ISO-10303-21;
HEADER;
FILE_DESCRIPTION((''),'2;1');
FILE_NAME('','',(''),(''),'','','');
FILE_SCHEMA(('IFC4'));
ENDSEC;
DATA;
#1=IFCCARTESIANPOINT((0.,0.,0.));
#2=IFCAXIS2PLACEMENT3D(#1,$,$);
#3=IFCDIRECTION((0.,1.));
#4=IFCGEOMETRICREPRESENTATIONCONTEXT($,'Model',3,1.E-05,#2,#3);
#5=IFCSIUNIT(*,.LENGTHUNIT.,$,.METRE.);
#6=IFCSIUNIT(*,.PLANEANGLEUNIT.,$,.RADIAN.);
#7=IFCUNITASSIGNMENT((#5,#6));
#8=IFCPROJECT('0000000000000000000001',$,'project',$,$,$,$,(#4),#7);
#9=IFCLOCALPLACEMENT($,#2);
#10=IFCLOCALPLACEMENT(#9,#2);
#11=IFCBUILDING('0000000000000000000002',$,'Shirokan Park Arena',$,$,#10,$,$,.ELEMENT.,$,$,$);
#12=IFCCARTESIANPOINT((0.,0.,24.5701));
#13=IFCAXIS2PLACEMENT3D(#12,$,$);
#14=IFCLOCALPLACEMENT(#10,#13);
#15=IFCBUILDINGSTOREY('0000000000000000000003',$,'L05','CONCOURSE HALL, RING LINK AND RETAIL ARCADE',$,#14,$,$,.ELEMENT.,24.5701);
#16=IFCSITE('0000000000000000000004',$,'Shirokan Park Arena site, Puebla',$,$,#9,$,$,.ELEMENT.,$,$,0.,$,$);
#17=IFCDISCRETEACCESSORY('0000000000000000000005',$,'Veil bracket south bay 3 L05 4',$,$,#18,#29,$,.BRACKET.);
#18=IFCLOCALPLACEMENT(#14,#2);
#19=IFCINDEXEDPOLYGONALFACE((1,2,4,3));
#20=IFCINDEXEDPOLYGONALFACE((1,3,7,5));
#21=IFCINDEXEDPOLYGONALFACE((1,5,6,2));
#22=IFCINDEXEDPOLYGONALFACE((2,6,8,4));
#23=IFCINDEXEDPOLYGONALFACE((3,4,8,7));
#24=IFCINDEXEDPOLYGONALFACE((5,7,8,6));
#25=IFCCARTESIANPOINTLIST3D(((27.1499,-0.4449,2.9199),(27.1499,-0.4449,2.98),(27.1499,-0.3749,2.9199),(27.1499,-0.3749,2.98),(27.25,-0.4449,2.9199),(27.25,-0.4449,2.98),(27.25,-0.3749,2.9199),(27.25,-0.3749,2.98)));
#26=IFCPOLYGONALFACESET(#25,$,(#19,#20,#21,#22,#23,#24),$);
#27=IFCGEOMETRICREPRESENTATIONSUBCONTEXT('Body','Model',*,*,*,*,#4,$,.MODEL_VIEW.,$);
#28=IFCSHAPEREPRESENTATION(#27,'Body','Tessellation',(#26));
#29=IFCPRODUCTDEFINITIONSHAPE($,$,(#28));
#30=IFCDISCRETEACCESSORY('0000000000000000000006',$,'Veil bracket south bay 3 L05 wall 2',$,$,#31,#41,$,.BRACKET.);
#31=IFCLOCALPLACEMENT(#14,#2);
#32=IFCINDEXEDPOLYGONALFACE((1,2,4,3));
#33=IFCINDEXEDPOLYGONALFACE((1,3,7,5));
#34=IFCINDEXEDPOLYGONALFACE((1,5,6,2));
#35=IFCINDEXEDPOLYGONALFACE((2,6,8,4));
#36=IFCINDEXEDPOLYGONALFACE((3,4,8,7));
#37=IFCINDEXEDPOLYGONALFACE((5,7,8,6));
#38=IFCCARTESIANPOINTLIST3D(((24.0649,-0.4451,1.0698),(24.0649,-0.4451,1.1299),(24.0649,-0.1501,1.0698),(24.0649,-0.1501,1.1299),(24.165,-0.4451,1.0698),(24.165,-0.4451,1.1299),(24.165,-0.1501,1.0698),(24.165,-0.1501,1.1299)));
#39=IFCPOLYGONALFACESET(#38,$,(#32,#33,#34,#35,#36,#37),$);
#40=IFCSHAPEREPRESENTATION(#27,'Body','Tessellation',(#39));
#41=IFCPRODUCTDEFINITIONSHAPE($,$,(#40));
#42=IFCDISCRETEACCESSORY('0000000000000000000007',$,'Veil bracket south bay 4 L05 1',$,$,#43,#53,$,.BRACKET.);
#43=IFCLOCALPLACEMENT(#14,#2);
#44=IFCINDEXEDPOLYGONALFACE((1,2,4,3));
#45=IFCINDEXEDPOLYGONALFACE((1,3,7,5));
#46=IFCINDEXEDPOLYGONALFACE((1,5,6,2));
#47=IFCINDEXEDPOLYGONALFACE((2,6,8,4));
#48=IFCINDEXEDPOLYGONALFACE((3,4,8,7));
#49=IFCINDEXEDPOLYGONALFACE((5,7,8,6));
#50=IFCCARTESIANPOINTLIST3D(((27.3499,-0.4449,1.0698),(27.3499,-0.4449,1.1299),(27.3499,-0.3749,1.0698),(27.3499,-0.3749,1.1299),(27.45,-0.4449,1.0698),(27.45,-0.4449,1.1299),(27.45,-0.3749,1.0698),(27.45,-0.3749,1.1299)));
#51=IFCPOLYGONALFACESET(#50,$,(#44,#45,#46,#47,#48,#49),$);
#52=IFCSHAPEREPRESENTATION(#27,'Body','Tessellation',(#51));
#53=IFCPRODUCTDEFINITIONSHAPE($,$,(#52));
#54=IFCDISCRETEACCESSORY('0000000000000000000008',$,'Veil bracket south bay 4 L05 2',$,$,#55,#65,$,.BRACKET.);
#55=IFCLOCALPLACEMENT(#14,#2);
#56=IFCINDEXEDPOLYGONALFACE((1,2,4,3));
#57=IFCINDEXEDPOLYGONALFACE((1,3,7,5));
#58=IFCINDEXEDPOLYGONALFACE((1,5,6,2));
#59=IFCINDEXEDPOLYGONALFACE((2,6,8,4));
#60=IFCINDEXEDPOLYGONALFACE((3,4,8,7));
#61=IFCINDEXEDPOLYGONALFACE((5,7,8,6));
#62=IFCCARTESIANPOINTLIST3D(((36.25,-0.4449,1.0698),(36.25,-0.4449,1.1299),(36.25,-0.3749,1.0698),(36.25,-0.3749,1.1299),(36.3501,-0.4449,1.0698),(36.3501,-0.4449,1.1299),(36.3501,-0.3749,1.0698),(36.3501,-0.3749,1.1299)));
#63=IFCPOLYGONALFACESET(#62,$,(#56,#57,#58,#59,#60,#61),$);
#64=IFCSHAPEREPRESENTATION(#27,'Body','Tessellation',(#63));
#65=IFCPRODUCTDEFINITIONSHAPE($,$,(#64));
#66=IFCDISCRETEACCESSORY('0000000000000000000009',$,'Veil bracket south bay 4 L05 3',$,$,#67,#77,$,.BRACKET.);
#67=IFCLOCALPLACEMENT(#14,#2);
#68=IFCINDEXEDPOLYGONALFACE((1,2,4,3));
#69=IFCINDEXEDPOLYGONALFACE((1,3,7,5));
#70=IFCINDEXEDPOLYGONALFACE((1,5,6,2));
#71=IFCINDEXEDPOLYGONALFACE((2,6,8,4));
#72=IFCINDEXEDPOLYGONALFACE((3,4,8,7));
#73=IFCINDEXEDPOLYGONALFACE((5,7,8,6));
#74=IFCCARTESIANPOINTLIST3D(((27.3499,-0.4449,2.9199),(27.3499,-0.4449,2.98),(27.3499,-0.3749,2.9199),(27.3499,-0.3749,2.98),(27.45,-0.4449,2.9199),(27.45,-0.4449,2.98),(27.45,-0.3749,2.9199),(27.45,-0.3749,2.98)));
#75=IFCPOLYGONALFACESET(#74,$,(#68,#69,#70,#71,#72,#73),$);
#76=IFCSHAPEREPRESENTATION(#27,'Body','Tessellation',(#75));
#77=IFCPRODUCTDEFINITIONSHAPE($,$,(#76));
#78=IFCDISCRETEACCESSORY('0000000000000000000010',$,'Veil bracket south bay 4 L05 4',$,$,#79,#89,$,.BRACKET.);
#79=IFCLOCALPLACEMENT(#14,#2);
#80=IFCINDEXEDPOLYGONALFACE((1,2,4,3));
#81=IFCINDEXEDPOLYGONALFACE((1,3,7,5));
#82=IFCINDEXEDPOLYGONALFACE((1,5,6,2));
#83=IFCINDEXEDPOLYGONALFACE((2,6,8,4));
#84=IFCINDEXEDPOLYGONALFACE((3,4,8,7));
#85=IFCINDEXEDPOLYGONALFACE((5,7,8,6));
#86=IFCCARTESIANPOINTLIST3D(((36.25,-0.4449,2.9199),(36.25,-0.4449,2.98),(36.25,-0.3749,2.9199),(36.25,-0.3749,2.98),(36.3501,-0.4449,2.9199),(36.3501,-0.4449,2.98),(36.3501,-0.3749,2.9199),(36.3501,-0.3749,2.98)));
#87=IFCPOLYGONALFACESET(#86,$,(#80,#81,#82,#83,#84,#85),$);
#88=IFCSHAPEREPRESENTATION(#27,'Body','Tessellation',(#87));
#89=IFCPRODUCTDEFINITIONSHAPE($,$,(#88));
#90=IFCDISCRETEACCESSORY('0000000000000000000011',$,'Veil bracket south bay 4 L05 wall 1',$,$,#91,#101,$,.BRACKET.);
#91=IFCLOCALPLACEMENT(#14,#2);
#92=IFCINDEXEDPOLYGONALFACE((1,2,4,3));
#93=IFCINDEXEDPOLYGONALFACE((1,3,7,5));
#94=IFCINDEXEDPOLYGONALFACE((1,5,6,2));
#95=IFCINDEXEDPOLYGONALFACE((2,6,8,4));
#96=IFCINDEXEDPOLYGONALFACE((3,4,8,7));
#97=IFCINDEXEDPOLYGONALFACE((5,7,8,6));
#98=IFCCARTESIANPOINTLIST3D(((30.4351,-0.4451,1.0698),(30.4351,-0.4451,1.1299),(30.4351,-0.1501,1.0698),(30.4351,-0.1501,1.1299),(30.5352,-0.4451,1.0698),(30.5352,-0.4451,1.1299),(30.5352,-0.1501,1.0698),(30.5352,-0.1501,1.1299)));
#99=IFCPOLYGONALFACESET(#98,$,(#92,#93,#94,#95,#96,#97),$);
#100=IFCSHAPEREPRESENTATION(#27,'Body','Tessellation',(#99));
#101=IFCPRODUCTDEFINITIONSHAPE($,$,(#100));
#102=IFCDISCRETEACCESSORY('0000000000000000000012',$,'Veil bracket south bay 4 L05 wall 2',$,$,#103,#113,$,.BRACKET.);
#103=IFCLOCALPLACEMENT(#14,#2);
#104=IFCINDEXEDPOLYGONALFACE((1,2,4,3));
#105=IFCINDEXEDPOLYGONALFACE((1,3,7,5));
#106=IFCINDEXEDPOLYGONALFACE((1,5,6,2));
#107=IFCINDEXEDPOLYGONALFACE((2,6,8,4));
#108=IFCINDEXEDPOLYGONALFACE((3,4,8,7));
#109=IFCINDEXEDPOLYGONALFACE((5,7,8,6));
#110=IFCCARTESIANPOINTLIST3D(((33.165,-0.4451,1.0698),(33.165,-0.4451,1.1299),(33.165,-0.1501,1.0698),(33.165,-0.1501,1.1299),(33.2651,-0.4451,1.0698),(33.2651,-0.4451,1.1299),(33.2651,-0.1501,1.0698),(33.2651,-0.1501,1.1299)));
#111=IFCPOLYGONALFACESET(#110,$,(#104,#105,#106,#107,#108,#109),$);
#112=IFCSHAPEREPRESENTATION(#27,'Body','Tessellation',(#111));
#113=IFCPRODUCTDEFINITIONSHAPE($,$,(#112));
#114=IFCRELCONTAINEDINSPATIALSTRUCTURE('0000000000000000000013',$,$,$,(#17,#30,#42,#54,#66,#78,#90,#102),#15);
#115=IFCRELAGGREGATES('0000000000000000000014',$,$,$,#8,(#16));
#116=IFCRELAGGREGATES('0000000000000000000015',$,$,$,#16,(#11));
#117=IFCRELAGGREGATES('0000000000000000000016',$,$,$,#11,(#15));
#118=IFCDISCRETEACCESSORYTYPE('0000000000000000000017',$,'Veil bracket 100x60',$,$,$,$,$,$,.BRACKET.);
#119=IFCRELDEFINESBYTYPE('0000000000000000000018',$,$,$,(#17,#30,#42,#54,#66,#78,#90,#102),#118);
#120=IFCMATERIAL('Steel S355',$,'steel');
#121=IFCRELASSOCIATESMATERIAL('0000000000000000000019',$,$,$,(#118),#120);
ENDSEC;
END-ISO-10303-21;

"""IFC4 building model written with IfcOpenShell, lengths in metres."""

from ifc_helpers import new_model, si_unit, direction, frame, origin, origin_2d, place, context, subcontext, project, spatial, rectangle, extrude, material, type_object, element, save


model = new_model("IFC4")

# Units and contexts
model_context = context("Model", 3, precision=1e-05, world=origin(), true_north=direction((0.0, 1.0)))
body_context = subcontext(model_context, "Body", "Model", "MODEL_VIEW")
ifc_project = project(units=[si_unit("LENGTHUNIT", "METRE"), si_unit("PLANEANGLEUNIT", "RADIAN")], contexts=[model_context])

# Site, building, storey
site_placement = place(None, origin())
site = spatial("IfcSite", under=ifc_project, at=site_placement, Name="Shirokan Park Arena site, Puebla", CompositionType="ELEMENT", RefElevation=0.0)
building_placement = place(site_placement, origin())
building = spatial("IfcBuilding", under=site, at=building_placement, Name="Shirokan Park Arena", CompositionType="ELEMENT")
storey_placement = place(building_placement, frame((0.0, 0.0, 24.5701)))
storey = spatial("IfcBuildingStorey", under=building, at=storey_placement, Name="L05", Description="CONCOURSE HALL, RING LINK AND RETAIL ARCADE", CompositionType="ELEMENT", Elevation=24.5701)

# Discrete accessories
ifc_material_1 = material(Name="Steel S355", Category="steel")
discrete_accessory_type = type_object("IfcDiscreteAccessoryType", Name="Veil bracket 100x60", PredefinedType="BRACKET", material=ifc_material_1)
for number, where, z_axis, x_axis, name in (
    (1, (27.2, -0.4099, 2.9199), (0.0, 0.0, 1.0), (1.0, 0.0, 0.0), "Veil bracket south bay 3 L05 4"),
):
    element("IfcDiscreteAccessory", number, at=place(storey_placement, frame(where, z_axis=z_axis, x_axis=x_axis)), inside=storey, type_object=discrete_accessory_type, Name=name, PredefinedType="BRACKET", context=body_context, shape_type="SweptSolid", body=[
        extrude(rectangle(XDim=0.1001, YDim=0.0701, at=origin_2d()), origin(), (0.0, 0.0, 1.0), 0.0601),
    ])
discrete_accessory_placement = place(storey_placement, frame((24.115, -0.2976, 1.0698), z_axis=(0.0, 0.0, 1.0), x_axis=(1.0, 0.0, 0.0)))
element("IfcDiscreteAccessory", 2, at=discrete_accessory_placement, inside=storey, type_object=discrete_accessory_type, Name="Veil bracket south bay 3 L05 wall 2", PredefinedType="BRACKET", context=body_context, shape_type="SweptSolid", body=[
    extrude(rectangle(XDim=0.1001, YDim=0.2949, at=origin_2d()), origin(), (0.0, 0.0, 1.0), 0.0601),
])
for number, where, z_axis, x_axis, name in (
    (3, (27.3999, -0.4099, 1.0698), (0.0, 0.0, 1.0), (1.0, 0.0, 0.0), "Veil bracket south bay 4 L05 1"),
    (4, (36.3, -0.4099, 1.0698), (0.0, 0.0, 1.0), (1.0, 0.0, 0.0), "Veil bracket south bay 4 L05 2"),
    (5, (27.3999, -0.4099, 2.9199), (0.0, 0.0, 1.0), (1.0, 0.0, 0.0), "Veil bracket south bay 4 L05 3"),
    (6, (36.3, -0.4099, 2.9199), (0.0, 0.0, 1.0), (1.0, 0.0, 0.0), "Veil bracket south bay 4 L05 4"),
):
    element("IfcDiscreteAccessory", number, at=place(storey_placement, frame(where, z_axis=z_axis, x_axis=x_axis)), inside=storey, type_object=discrete_accessory_type, Name=name, PredefinedType="BRACKET", context=body_context, shape_type="SweptSolid", body=[
        extrude(rectangle(XDim=0.1001, YDim=0.0701, at=origin_2d()), origin(), (0.0, 0.0, 1.0), 0.0601),
    ])
for number, where, z_axis, x_axis, name in (
    (7, (30.4851, -0.2976, 1.0698), (0.0, 0.0, 1.0), (1.0, 0.0, 0.0), "Veil bracket south bay 4 L05 wall 1"),
    (8, (33.2151, -0.2976, 1.0698), (0.0, 0.0, 1.0), (1.0, 0.0, 0.0), "Veil bracket south bay 4 L05 wall 2"),
):
    element("IfcDiscreteAccessory", number, at=place(storey_placement, frame(where, z_axis=z_axis, x_axis=x_axis)), inside=storey, type_object=discrete_accessory_type, Name=name, PredefinedType="BRACKET", context=body_context, shape_type="SweptSolid", body=[
        extrude(rectangle(XDim=0.1001, YDim=0.2949, at=origin_2d()), origin(), (0.0, 0.0, 1.0), 0.0601),
    ])

save(model, "model.ifc")
